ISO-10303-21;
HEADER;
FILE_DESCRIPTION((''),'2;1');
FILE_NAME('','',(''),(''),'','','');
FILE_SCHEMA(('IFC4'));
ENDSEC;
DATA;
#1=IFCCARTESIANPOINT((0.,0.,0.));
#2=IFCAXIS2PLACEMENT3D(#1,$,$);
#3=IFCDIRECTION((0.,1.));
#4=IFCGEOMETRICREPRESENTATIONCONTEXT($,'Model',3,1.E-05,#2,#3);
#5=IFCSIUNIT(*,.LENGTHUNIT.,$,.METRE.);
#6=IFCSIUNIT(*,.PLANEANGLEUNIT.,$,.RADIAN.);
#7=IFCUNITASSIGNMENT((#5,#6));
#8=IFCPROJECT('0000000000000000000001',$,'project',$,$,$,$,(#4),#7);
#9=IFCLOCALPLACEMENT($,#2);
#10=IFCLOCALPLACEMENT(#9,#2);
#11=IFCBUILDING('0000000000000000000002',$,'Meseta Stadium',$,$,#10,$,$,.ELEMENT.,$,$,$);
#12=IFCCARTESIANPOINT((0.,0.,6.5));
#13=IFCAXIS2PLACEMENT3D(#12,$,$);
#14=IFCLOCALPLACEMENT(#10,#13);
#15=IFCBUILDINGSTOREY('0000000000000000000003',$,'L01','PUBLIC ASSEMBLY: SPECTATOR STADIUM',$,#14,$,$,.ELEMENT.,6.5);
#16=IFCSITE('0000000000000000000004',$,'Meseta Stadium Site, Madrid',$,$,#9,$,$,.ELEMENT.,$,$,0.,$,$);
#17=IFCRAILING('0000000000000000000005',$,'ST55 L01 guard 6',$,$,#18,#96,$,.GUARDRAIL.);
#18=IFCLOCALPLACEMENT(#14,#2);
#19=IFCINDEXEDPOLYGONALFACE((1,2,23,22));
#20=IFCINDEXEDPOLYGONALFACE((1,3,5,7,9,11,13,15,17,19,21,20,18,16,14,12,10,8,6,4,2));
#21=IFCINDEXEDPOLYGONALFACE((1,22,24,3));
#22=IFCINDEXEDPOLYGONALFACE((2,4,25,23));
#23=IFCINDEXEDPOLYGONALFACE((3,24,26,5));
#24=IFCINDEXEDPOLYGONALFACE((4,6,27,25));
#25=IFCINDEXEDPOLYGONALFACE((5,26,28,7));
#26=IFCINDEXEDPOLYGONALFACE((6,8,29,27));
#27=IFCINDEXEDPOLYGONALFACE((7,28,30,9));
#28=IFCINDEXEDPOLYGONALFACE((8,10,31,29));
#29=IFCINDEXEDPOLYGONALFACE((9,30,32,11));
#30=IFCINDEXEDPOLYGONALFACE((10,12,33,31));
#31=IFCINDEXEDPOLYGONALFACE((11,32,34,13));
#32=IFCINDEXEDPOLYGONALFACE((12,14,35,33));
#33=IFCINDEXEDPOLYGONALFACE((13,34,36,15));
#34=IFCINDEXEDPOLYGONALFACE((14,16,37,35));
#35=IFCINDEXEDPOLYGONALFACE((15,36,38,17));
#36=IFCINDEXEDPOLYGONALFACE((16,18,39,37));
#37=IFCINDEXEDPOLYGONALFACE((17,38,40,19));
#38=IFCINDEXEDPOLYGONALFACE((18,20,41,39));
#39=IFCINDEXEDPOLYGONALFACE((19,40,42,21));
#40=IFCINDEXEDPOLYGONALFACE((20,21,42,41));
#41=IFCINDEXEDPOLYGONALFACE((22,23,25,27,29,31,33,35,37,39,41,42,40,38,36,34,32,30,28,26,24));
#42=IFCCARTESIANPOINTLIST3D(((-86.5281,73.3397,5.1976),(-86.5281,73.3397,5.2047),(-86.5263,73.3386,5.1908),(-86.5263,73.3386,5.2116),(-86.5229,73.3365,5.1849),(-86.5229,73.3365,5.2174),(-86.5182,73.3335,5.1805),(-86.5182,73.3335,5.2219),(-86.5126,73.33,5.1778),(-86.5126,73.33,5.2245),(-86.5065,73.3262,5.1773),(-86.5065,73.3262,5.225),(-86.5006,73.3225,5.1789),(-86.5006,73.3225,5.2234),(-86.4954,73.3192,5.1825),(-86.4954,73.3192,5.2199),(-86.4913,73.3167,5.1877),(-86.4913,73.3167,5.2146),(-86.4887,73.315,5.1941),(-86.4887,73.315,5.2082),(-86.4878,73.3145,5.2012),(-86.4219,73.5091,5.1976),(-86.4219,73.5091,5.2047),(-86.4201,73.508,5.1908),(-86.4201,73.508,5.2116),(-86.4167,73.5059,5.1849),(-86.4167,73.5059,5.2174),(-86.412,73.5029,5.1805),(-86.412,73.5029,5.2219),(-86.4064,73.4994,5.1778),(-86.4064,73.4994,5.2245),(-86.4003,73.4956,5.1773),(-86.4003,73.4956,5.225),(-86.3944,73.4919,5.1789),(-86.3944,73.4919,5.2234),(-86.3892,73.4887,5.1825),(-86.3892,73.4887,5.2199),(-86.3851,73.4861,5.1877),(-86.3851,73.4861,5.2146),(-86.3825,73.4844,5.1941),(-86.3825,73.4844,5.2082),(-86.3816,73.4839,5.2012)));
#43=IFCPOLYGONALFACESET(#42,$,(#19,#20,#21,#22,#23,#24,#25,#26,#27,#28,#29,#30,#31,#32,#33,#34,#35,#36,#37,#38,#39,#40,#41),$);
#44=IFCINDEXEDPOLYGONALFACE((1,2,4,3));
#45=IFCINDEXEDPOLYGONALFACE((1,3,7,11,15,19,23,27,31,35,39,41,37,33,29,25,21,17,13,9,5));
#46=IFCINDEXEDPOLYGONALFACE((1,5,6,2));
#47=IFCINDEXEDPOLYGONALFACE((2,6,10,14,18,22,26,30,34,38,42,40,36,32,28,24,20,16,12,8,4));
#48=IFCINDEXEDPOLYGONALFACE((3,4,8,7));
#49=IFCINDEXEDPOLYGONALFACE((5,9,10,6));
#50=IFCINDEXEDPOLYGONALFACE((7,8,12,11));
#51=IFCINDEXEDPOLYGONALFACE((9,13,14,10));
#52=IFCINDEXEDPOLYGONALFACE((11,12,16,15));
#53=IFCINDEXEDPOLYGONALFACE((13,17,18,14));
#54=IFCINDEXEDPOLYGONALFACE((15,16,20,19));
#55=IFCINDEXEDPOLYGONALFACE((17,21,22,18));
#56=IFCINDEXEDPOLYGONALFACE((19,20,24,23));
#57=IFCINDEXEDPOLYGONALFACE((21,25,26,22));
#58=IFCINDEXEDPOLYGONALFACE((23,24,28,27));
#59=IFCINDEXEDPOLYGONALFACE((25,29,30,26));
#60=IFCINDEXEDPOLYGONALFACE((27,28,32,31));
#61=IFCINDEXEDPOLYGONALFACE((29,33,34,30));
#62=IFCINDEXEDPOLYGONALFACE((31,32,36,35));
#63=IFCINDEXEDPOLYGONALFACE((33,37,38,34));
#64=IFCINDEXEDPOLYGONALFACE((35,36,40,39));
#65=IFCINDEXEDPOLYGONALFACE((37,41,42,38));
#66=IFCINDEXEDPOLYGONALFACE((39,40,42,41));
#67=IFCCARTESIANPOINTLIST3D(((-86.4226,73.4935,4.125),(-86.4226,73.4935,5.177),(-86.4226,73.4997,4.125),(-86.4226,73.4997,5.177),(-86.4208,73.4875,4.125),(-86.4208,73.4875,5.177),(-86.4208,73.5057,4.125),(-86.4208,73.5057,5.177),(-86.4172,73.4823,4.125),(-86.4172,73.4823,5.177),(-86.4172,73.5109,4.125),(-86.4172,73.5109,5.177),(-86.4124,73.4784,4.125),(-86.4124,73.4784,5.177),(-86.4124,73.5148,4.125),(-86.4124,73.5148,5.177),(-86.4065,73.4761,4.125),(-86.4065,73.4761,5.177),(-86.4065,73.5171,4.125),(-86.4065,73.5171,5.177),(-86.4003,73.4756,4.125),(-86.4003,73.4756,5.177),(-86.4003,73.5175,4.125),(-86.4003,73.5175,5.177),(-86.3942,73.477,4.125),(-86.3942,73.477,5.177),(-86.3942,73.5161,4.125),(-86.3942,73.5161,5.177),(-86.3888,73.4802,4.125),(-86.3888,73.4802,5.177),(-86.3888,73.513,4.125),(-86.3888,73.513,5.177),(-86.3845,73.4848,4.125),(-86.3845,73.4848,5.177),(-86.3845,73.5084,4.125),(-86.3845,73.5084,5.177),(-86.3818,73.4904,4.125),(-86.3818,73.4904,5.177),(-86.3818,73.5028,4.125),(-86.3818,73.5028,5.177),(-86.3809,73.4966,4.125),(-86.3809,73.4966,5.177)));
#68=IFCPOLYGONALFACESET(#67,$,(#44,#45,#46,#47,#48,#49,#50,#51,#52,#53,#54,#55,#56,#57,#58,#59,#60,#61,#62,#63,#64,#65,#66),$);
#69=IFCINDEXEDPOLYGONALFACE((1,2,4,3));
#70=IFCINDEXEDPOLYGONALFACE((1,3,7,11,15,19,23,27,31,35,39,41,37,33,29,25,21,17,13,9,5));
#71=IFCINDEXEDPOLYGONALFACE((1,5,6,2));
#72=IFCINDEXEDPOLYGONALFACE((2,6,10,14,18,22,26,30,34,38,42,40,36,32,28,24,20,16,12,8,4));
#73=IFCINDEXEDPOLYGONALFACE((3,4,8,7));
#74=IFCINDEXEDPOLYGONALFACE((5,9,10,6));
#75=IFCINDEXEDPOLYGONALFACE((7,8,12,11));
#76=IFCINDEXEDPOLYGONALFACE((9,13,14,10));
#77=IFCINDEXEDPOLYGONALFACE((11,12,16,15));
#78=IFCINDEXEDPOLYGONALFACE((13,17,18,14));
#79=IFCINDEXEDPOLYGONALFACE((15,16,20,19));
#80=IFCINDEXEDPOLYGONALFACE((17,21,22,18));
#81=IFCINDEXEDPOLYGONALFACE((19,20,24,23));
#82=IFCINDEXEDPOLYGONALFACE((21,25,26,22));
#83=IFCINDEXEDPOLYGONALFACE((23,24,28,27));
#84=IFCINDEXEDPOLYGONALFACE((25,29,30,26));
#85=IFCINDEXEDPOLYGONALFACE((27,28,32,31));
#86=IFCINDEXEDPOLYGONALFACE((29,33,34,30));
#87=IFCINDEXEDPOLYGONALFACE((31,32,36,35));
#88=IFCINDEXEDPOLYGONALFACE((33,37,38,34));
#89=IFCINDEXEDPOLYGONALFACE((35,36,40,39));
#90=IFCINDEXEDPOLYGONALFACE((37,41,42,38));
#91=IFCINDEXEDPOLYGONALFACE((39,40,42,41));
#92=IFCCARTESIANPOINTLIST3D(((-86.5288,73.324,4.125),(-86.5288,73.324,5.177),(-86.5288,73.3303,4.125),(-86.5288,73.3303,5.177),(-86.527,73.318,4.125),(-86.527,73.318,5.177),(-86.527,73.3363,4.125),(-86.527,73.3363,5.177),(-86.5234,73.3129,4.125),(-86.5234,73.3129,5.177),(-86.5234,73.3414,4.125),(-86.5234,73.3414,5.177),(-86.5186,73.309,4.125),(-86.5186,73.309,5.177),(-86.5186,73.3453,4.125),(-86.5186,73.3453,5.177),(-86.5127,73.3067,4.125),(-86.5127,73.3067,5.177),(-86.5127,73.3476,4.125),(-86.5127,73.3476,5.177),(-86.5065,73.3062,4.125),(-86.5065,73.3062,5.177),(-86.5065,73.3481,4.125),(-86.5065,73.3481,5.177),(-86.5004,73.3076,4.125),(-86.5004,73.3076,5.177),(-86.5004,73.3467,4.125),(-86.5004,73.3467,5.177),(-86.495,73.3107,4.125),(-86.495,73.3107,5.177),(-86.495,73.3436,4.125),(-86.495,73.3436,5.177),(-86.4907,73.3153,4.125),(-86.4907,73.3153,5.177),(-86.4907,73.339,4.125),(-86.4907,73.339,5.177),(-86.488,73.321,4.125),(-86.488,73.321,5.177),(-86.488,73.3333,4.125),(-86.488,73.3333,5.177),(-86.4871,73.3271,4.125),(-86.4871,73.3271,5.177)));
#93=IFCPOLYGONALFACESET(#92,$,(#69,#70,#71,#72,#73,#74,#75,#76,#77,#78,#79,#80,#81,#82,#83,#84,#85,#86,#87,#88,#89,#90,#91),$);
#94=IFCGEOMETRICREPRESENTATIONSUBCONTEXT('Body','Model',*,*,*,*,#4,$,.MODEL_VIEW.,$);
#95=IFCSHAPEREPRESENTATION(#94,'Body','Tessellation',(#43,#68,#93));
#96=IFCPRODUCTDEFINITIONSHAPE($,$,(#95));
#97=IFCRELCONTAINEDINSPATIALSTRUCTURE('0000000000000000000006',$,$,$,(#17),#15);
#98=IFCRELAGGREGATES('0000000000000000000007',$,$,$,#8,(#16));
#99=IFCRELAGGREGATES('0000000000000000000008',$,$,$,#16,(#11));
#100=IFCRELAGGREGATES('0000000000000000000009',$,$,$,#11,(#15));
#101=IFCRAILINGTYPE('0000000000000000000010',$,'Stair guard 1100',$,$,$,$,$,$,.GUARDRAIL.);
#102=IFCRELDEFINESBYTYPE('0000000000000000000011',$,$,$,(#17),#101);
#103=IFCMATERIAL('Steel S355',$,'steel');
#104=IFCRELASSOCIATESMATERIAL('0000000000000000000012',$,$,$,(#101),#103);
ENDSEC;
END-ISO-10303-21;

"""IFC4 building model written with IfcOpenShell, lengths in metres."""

from ifc_helpers import new_model, si_unit, direction, frame, origin, origin_2d, place, context, subcontext, project, spatial, circle, extrude, material, type_object, element, save


model = new_model("IFC4")

# Units and contexts
model_context = context("Model", 3, precision=1e-05, world=origin(), true_north=direction((0.0, 1.0)))
body_context = subcontext(model_context, "Body", "Model", "MODEL_VIEW")
ifc_project = project(units=[si_unit("LENGTHUNIT", "METRE"), si_unit("PLANEANGLEUNIT", "RADIAN")], contexts=[model_context])

# Site, building, storey
site_placement = place(None, origin())
site = spatial("IfcSite", under=ifc_project, at=site_placement, Name="Meseta Stadium Site, Madrid", CompositionType="ELEMENT", RefElevation=0.0)
building_placement = place(site_placement, origin())
building = spatial("IfcBuilding", under=site, at=building_placement, Name="Meseta Stadium", CompositionType="ELEMENT")
storey_placement = place(building_placement, frame((0.0, 0.0, 6.5)))
storey = spatial("IfcBuildingStorey", under=building, at=storey_placement, Name="L01", Description="PUBLIC ASSEMBLY: SPECTATOR STADIUM", CompositionType="ELEMENT", Elevation=6.5)

# Railing
ifc_material_1 = material(Name="Steel S355", Category="steel")
railing_type_1 = type_object("IfcRailingType", Name="Stair guard 1100", PredefinedType="GUARDRAIL", material=ifc_material_1)
railing_1_placement = place(storey_placement, frame((-86.4019, 73.4966, 4.125)))
element("IfcRailing", 1, at=railing_1_placement, inside=storey, type_object=railing_type_1, Name="ST55 L01 guard 6", PredefinedType="GUARDRAIL", context=body_context, shape_type="SweptSolid", body=[
    extrude(circle(Radius=0.0239, at=origin_2d()), frame((0.0, 0.0, 1.0762), z_axis=(-0.531096, -0.847312, 0.0), x_axis=(0.847312, -0.531096, 0.0)), (0.0, 0.0, 1.0), 0.2),
    extrude(circle(Radius=0.021, at=origin_2d()), origin(), (0.0, 0.0, 1.0), 1.052),
    extrude(circle(Radius=0.021, at=origin_2d()), frame((-0.1062, -0.1694, 0.0)), (0.0, 0.0, 1.0), 1.052),
])

save(model, "model.ifc")
